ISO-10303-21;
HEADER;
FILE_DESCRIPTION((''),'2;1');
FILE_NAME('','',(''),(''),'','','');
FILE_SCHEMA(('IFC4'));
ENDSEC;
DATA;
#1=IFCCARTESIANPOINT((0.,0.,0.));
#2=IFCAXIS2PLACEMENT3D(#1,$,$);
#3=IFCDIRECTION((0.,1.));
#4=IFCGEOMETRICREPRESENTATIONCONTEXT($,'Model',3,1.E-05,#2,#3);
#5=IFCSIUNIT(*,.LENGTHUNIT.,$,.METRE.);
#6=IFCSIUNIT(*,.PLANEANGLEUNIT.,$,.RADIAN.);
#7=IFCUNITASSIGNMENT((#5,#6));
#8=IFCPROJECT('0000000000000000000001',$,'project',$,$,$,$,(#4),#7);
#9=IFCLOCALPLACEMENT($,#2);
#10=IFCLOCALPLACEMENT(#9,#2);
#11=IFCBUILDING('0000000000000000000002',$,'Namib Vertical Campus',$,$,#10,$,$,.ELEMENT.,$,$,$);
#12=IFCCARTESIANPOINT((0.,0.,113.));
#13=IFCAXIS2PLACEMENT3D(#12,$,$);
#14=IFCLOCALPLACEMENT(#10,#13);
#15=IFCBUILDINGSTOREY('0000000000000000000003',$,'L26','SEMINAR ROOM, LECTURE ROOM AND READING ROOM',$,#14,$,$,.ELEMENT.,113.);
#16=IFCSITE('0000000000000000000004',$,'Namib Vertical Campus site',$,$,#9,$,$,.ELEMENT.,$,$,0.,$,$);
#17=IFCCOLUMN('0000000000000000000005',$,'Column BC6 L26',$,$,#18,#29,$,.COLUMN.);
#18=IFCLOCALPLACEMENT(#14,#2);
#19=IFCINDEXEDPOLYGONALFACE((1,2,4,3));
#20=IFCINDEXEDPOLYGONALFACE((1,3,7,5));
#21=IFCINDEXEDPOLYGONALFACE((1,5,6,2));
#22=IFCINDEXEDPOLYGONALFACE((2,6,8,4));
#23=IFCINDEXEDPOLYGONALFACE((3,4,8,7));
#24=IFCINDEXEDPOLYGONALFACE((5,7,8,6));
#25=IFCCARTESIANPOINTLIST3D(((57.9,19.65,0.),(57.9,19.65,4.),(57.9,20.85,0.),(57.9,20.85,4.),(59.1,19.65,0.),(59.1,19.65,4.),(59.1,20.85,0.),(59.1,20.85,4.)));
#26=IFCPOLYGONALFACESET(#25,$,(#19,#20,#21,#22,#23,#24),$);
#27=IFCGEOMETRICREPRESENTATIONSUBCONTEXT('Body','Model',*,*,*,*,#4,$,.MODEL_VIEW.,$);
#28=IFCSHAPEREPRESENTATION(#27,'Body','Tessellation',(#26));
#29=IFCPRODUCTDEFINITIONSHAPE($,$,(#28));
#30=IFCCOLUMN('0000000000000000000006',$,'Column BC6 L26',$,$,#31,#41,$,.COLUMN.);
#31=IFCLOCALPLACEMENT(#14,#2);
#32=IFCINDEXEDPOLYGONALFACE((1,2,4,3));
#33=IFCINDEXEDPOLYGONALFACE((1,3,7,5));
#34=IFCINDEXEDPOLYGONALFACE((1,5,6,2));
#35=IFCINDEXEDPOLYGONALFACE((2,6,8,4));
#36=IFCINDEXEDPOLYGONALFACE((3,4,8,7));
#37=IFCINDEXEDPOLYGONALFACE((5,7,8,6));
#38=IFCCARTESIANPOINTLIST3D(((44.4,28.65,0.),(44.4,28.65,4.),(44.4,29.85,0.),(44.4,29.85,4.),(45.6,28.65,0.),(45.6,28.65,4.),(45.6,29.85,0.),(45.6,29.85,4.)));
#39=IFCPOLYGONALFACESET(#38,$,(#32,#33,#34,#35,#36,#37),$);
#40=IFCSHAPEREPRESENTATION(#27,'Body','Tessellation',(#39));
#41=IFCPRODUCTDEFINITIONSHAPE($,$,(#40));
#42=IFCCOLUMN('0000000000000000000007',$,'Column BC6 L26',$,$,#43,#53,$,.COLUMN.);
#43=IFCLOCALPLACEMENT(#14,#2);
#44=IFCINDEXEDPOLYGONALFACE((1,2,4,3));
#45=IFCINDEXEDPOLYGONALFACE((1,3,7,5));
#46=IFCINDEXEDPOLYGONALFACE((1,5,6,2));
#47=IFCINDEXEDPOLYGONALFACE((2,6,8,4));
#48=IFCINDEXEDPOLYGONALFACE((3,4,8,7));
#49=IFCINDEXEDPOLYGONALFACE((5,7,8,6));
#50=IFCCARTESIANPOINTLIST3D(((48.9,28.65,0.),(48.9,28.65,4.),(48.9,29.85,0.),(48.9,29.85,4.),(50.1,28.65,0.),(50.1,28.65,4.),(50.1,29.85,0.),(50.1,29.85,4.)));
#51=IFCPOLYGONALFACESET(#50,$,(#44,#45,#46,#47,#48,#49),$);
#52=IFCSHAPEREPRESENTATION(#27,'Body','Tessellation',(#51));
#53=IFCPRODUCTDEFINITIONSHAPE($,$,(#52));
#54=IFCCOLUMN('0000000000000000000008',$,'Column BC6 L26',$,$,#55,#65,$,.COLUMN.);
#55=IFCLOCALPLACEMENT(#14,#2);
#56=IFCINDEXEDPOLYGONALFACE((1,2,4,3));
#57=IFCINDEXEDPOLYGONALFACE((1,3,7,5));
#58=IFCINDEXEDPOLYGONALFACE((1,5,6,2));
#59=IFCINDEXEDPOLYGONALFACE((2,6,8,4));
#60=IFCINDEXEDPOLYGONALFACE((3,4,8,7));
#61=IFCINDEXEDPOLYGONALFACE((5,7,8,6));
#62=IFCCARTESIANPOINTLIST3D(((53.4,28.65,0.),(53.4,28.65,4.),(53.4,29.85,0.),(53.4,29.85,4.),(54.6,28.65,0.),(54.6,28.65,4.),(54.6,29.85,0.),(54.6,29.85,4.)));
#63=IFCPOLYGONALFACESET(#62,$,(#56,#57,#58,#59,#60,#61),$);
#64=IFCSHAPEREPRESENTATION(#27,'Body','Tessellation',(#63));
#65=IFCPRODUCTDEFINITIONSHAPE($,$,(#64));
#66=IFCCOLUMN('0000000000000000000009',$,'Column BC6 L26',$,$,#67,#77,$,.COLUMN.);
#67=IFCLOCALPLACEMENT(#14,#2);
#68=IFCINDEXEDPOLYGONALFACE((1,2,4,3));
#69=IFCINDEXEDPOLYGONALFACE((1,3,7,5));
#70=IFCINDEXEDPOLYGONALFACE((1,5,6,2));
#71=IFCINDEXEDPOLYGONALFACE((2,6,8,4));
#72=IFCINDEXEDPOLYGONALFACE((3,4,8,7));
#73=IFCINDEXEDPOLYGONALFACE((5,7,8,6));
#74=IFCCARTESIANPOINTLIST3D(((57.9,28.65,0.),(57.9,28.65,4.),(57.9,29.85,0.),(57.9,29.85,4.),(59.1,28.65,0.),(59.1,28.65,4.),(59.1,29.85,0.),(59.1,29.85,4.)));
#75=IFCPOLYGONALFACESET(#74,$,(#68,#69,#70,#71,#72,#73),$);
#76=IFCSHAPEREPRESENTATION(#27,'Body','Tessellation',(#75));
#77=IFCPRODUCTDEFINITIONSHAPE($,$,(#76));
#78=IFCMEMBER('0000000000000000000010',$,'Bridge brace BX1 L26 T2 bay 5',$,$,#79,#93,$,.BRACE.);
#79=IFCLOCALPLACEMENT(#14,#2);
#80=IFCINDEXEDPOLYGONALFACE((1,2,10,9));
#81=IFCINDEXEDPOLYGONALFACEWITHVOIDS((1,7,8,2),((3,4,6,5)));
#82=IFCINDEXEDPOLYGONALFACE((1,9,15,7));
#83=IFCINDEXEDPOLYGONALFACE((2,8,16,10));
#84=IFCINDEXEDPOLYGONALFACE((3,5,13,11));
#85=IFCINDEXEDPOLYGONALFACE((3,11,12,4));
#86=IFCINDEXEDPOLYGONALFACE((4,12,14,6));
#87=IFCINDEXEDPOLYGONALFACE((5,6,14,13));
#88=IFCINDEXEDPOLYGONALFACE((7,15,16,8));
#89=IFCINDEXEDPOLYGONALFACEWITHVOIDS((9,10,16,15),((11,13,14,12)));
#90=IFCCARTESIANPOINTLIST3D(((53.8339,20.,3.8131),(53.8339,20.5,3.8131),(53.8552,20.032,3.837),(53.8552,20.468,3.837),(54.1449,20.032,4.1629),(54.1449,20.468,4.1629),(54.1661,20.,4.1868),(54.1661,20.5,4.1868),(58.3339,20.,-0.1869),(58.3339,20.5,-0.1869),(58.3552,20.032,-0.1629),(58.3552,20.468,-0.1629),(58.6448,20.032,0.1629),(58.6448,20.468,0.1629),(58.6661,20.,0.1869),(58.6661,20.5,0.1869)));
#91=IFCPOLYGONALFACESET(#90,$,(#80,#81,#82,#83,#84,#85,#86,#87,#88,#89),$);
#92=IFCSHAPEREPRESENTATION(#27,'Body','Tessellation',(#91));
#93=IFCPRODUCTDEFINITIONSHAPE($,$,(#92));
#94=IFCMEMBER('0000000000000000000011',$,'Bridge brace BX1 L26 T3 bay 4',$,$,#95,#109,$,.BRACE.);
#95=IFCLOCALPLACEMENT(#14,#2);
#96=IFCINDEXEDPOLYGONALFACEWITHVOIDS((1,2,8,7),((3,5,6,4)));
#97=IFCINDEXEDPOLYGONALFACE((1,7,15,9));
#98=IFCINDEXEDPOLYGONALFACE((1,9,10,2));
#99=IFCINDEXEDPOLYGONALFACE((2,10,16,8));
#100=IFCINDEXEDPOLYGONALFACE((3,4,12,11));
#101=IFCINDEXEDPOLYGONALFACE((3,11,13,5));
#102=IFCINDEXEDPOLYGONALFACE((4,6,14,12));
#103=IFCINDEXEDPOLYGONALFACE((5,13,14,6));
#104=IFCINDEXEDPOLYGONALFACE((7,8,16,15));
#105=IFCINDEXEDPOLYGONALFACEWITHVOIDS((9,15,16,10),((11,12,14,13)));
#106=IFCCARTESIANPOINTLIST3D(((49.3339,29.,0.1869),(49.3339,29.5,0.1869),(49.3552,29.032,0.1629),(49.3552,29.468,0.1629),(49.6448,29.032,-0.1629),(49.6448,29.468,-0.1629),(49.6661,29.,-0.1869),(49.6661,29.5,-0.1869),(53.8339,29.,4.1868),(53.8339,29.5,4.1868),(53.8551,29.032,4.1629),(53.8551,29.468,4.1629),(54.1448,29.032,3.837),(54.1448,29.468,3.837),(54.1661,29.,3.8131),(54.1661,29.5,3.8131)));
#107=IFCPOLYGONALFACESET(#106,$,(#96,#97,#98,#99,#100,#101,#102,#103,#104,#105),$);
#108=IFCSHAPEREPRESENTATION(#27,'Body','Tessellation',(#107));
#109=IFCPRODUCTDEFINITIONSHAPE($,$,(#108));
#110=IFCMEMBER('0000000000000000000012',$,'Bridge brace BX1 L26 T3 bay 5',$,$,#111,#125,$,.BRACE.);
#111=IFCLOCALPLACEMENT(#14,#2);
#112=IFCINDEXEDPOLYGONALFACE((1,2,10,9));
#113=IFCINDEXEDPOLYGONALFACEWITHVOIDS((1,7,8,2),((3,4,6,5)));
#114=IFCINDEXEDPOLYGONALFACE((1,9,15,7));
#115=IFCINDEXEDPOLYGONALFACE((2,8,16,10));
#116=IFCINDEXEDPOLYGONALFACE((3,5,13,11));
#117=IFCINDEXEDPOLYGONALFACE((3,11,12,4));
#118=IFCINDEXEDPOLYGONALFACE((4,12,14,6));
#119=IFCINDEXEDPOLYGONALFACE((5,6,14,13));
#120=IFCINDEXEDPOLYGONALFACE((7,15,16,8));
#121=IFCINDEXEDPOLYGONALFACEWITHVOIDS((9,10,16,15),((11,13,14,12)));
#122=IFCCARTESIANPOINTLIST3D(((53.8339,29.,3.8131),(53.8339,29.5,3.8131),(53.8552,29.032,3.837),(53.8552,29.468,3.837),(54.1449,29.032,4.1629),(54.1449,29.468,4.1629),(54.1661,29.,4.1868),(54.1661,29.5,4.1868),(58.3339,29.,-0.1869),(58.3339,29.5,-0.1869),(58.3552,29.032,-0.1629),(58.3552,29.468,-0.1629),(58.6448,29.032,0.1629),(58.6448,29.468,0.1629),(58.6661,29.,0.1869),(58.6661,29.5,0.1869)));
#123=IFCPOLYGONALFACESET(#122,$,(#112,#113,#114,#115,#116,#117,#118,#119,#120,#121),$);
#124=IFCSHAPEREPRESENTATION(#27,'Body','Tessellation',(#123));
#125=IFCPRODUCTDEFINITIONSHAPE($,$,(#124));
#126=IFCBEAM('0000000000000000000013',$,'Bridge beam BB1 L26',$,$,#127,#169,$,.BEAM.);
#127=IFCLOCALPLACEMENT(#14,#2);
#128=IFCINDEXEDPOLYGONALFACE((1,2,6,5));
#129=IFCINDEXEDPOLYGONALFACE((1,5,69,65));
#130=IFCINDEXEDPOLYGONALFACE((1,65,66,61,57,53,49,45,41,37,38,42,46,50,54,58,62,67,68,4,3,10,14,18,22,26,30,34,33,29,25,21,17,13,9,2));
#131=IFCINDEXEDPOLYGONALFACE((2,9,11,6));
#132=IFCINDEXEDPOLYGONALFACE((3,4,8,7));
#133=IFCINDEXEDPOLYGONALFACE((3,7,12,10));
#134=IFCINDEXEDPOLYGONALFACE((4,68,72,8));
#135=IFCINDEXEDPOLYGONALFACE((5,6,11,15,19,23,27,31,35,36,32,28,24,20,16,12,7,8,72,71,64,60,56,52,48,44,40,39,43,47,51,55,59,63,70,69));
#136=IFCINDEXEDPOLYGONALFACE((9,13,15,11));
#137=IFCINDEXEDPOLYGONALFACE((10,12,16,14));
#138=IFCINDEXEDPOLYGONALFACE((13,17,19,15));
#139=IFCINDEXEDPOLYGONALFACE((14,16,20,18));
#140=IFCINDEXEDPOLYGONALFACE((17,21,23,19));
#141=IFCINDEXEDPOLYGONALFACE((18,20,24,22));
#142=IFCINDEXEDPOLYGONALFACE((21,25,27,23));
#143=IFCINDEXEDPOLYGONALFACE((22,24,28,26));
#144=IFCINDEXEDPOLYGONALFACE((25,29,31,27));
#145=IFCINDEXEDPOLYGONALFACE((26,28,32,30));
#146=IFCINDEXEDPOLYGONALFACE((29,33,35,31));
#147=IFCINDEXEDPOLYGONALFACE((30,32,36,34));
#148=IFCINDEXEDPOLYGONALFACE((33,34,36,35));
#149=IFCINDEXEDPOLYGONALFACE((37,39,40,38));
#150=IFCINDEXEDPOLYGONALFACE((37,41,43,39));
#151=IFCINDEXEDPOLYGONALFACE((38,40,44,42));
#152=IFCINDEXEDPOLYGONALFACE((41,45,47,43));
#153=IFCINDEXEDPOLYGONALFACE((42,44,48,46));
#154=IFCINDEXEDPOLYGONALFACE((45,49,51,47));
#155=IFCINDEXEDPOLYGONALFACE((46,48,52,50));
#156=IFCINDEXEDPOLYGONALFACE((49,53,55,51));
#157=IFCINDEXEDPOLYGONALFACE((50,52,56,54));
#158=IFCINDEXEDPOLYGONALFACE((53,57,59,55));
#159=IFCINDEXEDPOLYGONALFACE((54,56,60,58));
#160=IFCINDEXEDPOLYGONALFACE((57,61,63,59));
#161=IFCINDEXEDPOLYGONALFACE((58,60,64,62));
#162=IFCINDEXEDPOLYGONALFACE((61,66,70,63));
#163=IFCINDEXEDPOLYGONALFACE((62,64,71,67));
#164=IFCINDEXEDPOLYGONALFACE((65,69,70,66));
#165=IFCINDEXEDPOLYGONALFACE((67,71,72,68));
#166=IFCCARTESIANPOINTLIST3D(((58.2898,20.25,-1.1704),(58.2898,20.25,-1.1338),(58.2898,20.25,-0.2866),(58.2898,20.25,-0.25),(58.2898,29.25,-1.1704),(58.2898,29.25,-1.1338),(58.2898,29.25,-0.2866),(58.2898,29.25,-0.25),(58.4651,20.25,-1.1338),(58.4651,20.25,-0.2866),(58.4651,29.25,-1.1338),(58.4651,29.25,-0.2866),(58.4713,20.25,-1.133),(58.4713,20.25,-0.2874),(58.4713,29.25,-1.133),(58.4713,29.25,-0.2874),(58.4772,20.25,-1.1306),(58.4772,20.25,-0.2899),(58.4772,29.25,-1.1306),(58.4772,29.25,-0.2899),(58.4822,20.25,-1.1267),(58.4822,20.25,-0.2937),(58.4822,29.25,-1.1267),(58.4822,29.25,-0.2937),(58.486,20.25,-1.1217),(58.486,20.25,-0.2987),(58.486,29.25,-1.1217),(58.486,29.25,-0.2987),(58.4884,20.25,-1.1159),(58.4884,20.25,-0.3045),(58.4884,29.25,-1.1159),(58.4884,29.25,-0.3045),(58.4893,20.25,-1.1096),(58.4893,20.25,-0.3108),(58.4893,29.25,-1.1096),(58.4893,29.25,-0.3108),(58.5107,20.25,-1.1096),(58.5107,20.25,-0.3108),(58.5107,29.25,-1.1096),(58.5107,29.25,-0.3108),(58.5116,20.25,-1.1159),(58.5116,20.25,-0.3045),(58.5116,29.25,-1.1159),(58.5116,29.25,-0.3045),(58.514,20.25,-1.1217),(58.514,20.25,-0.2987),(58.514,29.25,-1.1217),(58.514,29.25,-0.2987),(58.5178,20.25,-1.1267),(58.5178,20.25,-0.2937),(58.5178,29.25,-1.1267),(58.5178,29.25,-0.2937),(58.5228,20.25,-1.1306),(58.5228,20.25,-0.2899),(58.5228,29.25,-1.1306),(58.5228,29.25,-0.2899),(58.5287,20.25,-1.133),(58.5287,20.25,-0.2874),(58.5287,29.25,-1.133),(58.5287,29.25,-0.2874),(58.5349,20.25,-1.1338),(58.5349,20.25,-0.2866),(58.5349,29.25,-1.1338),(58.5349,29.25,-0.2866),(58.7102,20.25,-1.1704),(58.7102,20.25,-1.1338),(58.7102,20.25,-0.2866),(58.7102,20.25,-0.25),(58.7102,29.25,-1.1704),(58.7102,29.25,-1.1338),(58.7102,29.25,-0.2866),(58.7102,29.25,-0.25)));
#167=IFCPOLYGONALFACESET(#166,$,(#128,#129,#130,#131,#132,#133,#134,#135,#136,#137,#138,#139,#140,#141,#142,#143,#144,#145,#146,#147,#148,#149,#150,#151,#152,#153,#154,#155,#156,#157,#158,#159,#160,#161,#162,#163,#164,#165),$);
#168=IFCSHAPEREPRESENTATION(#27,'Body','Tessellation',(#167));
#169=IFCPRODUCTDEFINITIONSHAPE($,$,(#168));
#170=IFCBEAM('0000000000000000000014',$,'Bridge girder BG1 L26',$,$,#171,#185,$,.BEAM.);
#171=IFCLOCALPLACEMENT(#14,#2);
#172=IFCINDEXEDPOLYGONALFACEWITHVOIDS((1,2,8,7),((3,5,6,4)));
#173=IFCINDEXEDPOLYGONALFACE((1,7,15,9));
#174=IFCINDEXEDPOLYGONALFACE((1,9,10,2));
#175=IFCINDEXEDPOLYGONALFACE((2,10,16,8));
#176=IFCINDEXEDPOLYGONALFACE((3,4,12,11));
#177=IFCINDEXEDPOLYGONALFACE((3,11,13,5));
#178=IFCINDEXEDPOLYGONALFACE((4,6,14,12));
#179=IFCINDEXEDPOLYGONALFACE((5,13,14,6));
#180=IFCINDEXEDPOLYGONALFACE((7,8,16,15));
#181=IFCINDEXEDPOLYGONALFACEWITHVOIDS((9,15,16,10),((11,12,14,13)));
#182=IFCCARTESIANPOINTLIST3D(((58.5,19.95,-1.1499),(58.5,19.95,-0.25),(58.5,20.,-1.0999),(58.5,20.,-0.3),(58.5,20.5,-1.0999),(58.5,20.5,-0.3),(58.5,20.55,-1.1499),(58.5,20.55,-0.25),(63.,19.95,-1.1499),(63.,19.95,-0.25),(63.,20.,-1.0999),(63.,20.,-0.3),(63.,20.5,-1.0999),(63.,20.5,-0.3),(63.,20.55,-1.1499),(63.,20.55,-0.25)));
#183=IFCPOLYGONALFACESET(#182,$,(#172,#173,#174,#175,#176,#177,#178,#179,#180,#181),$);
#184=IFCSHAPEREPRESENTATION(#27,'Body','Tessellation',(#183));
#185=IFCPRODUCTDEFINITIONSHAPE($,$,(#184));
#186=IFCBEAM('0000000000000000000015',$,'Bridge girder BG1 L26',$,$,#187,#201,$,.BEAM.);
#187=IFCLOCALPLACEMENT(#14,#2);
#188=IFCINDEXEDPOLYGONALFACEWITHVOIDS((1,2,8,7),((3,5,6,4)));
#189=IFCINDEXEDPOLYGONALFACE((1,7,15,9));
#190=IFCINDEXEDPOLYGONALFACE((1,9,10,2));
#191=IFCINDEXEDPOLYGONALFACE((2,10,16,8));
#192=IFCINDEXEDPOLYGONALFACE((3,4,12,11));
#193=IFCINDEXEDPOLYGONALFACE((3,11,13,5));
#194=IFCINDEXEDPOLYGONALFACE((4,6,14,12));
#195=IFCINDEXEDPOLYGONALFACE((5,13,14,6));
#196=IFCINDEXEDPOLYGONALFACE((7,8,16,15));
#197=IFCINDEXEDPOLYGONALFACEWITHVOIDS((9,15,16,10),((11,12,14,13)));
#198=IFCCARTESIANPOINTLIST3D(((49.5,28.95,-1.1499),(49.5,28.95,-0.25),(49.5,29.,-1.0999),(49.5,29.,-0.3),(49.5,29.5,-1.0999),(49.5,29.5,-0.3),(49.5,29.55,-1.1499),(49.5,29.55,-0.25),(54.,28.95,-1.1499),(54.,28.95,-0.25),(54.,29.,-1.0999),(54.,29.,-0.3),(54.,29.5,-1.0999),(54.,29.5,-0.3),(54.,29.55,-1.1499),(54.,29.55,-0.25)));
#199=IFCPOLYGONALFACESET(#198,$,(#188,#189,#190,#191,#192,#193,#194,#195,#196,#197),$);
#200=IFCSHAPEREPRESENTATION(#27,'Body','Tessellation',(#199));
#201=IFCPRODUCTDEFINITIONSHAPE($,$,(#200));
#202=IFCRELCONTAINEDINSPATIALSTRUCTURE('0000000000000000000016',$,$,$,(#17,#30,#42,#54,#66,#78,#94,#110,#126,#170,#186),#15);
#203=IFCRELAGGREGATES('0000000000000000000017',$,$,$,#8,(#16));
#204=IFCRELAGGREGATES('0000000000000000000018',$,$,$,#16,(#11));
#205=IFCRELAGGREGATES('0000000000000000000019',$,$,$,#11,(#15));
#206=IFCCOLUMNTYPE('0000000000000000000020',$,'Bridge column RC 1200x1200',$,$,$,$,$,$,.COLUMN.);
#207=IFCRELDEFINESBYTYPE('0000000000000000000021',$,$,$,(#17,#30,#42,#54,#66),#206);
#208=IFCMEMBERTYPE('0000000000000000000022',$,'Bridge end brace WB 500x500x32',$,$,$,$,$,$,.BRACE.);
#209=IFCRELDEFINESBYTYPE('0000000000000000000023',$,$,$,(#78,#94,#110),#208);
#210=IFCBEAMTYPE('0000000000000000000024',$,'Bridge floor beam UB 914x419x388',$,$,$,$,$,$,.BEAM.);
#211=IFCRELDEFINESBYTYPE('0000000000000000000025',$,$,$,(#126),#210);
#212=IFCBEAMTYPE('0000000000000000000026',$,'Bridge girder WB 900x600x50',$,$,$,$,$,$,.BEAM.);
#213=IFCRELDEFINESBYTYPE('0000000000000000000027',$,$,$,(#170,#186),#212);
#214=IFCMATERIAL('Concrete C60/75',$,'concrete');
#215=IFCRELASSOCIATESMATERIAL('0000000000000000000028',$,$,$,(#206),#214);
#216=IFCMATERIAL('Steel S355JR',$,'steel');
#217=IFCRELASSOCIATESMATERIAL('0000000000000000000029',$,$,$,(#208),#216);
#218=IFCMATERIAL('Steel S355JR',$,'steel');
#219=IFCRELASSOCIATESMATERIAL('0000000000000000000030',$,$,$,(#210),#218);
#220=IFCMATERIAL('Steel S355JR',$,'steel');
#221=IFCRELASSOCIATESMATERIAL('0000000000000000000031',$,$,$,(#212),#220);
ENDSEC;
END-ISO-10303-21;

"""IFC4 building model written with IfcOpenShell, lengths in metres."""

from ifc_helpers import new_model, si_unit, direction, frame, origin, origin_2d, place, context, subcontext, project, spatial, rectangle, hollow_rectangle, i_section, extrude, material, material_profile, profile_set, type_object, element, save


model = new_model("IFC4")

# Units and contexts
model_context = context("Model", 3, precision=1e-05, world=origin(), true_north=direction((0.0, 1.0)))
body_context = subcontext(model_context, "Body", "Model", "MODEL_VIEW")
ifc_project = project(units=[si_unit("LENGTHUNIT", "METRE"), si_unit("PLANEANGLEUNIT", "RADIAN")], contexts=[model_context])

# Site, building, storey
site_placement = place(None, origin())
site = spatial("IfcSite", under=ifc_project, at=site_placement, Name="Namib Vertical Campus site", CompositionType="ELEMENT", RefElevation=0.0)
building_placement = place(site_placement, origin())
building = spatial("IfcBuilding", under=site, at=building_placement, Name="Namib Vertical Campus", CompositionType="ELEMENT")
storey_placement = place(building_placement, frame((0.0, 0.0, 113.0)))
storey = spatial("IfcBuildingStorey", under=building, at=storey_placement, Name="L26", Description="SEMINAR ROOM, LECTURE ROOM AND READING ROOM", CompositionType="ELEMENT", Elevation=113.0)

# Columns
ifc_material_1 = material(Name="Concrete C60/75", Category="concrete")
ifc_material_profile_1 = material_profile(ifc_material_1, rectangle(XDim=1.2, YDim=1.2, at=origin_2d()))
ifc_profile_set_1 = profile_set([ifc_material_profile_1], Name="Concrete C60/75")
column_type = type_object("IfcColumnType", Name="Bridge column RC 1200x1200", PredefinedType="COLUMN", material=ifc_profile_set_1)
for number, where, z_axis, x_axis, name in (
    (1, (58.5, 20.25, 0.0), (0.0, 0.0, 1.0), (1.0, 0.0, 0.0), "Column BC6 L26"),
    (2, (45.0, 29.25, 0.0), (0.0, 0.0, 1.0), (1.0, 0.0, 0.0), "Column BC6 L26"),
    (3, (49.5, 29.25, 0.0), (0.0, 0.0, 1.0), (1.0, 0.0, 0.0), "Column BC6 L26"),
    (4, (54.0, 29.25, 0.0), (0.0, 0.0, 1.0), (1.0, 0.0, 0.0), "Column BC6 L26"),
    (5, (58.5, 29.25, 0.0), (0.0, 0.0, 1.0), (1.0, 0.0, 0.0), "Column BC6 L26"),
):
    element("IfcColumn", number, at=place(storey_placement, frame(where, z_axis=z_axis, x_axis=x_axis)), inside=storey, type_object=column_type, Name=name, PredefinedType="COLUMN", context=body_context, shape_type="SweptSolid", body=[
        extrude(rectangle(XDim=1.2, YDim=1.2, at=origin_2d()), origin(), (0.0, 0.0, 1.0), 4.0),
    ])

# Members
ifc_material_2 = material(Name="Steel S355JR", Category="steel")
ifc_material_profile_2 = material_profile(ifc_material_2, hollow_rectangle(XDim=0.5, YDim=0.5, WallThickness=0.032, at=origin_2d()))
ifc_profile_set_2 = profile_set([ifc_material_profile_2], Name="Steel S355JR")
member_type_1 = type_object("IfcMemberType", Name="Bridge end brace WB 500x500x32", PredefinedType="BRACE", material=ifc_profile_set_2)
for number, where, z_axis, x_axis, name in (
    (6, (58.5, 20.25, 0.0), (-0.747409, 0.0, 0.664364), (0.0, -1.0, 0.0), "Bridge brace BX1 L26 T2 bay 5"),
    (7, (49.5, 29.25, 0.0), (0.747409, 0.0, 0.664364), (0.0, 1.0, 0.0), "Bridge brace BX1 L26 T3 bay 4"),
    (8, (58.5, 29.25, 0.0), (-0.747409, 0.0, 0.664364), (0.0, -1.0, 0.0), "Bridge brace BX1 L26 T3 bay 5"),
):
    element("IfcMember", number, at=place(storey_placement, frame(where, z_axis=z_axis, x_axis=x_axis)), inside=storey, type_object=member_type_1, Name=name, PredefinedType="BRACE", context=body_context, shape_type="SweptSolid", body=[
        extrude(hollow_rectangle(XDim=0.5, YDim=0.5, WallThickness=0.032, at=origin_2d()), origin(), (0.0, 0.0, 1.0), 6.0208),
    ])

# Beams
ifc_material_3 = material(Name="Steel S355JR", Category="steel")
ifc_material_profile_3 = material_profile(ifc_material_3, i_section(OverallWidth=0.4204, OverallDepth=0.9204, WebThickness=0.0215, FlangeThickness=0.0366, FilletRadius=0.0242, at=origin_2d()))
ifc_profile_set_3 = profile_set([ifc_material_profile_3], Name="Steel S355JR")
beam_type_1 = type_object("IfcBeamType", Name="Bridge floor beam UB 914x419x388", PredefinedType="BEAM", material=ifc_profile_set_3)
beam_placement = place(storey_placement, frame((58.5, 20.25, -0.7102), z_axis=(0.0, 1.0, 0.0), x_axis=(-1.0, 0.0, 0.0)))
element("IfcBeam", 9, at=beam_placement, inside=storey, type_object=beam_type_1, Name="Bridge beam BB1 L26", PredefinedType="BEAM", context=body_context, shape_type="SweptSolid", body=[
    extrude(i_section(OverallWidth=0.4204, OverallDepth=0.9204, WebThickness=0.0215, FlangeThickness=0.0366, FilletRadius=0.0242, at=origin_2d()), origin(), (0.0, 0.0, 1.0), 9.0),
])
ifc_material_4 = material(Name="Steel S355JR", Category="steel")
ifc_material_profile_4 = material_profile(ifc_material_4, hollow_rectangle(XDim=0.6001, YDim=0.8999, WallThickness=0.05, at=origin_2d()))
ifc_profile_set_4 = profile_set([ifc_material_profile_4], Name="Steel S355JR")
beam_type_2 = type_object("IfcBeamType", Name="Bridge girder WB 900x600x50", PredefinedType="BEAM", material=ifc_profile_set_4)
for number, where, z_axis, x_axis, name in (
    (10, (58.5, 20.25, -0.7), (1.0, 0.0, 0.0), (0.0, 1.0, 0.0), "Bridge girder BG1 L26"),
    (11, (49.5, 29.25, -0.7), (1.0, 0.0, 0.0), (0.0, 1.0, 0.0), "Bridge girder BG1 L26"),
):
    element("IfcBeam", number, at=place(storey_placement, frame(where, z_axis=z_axis, x_axis=x_axis)), inside=storey, type_object=beam_type_2, Name=name, PredefinedType="BEAM", context=body_context, shape_type="SweptSolid", body=[
        extrude(hollow_rectangle(XDim=0.6001, YDim=0.8999, WallThickness=0.05, at=origin_2d()), origin(), (0.0, 0.0, 1.0), 4.5),
    ])

save(model, "model.ifc")
